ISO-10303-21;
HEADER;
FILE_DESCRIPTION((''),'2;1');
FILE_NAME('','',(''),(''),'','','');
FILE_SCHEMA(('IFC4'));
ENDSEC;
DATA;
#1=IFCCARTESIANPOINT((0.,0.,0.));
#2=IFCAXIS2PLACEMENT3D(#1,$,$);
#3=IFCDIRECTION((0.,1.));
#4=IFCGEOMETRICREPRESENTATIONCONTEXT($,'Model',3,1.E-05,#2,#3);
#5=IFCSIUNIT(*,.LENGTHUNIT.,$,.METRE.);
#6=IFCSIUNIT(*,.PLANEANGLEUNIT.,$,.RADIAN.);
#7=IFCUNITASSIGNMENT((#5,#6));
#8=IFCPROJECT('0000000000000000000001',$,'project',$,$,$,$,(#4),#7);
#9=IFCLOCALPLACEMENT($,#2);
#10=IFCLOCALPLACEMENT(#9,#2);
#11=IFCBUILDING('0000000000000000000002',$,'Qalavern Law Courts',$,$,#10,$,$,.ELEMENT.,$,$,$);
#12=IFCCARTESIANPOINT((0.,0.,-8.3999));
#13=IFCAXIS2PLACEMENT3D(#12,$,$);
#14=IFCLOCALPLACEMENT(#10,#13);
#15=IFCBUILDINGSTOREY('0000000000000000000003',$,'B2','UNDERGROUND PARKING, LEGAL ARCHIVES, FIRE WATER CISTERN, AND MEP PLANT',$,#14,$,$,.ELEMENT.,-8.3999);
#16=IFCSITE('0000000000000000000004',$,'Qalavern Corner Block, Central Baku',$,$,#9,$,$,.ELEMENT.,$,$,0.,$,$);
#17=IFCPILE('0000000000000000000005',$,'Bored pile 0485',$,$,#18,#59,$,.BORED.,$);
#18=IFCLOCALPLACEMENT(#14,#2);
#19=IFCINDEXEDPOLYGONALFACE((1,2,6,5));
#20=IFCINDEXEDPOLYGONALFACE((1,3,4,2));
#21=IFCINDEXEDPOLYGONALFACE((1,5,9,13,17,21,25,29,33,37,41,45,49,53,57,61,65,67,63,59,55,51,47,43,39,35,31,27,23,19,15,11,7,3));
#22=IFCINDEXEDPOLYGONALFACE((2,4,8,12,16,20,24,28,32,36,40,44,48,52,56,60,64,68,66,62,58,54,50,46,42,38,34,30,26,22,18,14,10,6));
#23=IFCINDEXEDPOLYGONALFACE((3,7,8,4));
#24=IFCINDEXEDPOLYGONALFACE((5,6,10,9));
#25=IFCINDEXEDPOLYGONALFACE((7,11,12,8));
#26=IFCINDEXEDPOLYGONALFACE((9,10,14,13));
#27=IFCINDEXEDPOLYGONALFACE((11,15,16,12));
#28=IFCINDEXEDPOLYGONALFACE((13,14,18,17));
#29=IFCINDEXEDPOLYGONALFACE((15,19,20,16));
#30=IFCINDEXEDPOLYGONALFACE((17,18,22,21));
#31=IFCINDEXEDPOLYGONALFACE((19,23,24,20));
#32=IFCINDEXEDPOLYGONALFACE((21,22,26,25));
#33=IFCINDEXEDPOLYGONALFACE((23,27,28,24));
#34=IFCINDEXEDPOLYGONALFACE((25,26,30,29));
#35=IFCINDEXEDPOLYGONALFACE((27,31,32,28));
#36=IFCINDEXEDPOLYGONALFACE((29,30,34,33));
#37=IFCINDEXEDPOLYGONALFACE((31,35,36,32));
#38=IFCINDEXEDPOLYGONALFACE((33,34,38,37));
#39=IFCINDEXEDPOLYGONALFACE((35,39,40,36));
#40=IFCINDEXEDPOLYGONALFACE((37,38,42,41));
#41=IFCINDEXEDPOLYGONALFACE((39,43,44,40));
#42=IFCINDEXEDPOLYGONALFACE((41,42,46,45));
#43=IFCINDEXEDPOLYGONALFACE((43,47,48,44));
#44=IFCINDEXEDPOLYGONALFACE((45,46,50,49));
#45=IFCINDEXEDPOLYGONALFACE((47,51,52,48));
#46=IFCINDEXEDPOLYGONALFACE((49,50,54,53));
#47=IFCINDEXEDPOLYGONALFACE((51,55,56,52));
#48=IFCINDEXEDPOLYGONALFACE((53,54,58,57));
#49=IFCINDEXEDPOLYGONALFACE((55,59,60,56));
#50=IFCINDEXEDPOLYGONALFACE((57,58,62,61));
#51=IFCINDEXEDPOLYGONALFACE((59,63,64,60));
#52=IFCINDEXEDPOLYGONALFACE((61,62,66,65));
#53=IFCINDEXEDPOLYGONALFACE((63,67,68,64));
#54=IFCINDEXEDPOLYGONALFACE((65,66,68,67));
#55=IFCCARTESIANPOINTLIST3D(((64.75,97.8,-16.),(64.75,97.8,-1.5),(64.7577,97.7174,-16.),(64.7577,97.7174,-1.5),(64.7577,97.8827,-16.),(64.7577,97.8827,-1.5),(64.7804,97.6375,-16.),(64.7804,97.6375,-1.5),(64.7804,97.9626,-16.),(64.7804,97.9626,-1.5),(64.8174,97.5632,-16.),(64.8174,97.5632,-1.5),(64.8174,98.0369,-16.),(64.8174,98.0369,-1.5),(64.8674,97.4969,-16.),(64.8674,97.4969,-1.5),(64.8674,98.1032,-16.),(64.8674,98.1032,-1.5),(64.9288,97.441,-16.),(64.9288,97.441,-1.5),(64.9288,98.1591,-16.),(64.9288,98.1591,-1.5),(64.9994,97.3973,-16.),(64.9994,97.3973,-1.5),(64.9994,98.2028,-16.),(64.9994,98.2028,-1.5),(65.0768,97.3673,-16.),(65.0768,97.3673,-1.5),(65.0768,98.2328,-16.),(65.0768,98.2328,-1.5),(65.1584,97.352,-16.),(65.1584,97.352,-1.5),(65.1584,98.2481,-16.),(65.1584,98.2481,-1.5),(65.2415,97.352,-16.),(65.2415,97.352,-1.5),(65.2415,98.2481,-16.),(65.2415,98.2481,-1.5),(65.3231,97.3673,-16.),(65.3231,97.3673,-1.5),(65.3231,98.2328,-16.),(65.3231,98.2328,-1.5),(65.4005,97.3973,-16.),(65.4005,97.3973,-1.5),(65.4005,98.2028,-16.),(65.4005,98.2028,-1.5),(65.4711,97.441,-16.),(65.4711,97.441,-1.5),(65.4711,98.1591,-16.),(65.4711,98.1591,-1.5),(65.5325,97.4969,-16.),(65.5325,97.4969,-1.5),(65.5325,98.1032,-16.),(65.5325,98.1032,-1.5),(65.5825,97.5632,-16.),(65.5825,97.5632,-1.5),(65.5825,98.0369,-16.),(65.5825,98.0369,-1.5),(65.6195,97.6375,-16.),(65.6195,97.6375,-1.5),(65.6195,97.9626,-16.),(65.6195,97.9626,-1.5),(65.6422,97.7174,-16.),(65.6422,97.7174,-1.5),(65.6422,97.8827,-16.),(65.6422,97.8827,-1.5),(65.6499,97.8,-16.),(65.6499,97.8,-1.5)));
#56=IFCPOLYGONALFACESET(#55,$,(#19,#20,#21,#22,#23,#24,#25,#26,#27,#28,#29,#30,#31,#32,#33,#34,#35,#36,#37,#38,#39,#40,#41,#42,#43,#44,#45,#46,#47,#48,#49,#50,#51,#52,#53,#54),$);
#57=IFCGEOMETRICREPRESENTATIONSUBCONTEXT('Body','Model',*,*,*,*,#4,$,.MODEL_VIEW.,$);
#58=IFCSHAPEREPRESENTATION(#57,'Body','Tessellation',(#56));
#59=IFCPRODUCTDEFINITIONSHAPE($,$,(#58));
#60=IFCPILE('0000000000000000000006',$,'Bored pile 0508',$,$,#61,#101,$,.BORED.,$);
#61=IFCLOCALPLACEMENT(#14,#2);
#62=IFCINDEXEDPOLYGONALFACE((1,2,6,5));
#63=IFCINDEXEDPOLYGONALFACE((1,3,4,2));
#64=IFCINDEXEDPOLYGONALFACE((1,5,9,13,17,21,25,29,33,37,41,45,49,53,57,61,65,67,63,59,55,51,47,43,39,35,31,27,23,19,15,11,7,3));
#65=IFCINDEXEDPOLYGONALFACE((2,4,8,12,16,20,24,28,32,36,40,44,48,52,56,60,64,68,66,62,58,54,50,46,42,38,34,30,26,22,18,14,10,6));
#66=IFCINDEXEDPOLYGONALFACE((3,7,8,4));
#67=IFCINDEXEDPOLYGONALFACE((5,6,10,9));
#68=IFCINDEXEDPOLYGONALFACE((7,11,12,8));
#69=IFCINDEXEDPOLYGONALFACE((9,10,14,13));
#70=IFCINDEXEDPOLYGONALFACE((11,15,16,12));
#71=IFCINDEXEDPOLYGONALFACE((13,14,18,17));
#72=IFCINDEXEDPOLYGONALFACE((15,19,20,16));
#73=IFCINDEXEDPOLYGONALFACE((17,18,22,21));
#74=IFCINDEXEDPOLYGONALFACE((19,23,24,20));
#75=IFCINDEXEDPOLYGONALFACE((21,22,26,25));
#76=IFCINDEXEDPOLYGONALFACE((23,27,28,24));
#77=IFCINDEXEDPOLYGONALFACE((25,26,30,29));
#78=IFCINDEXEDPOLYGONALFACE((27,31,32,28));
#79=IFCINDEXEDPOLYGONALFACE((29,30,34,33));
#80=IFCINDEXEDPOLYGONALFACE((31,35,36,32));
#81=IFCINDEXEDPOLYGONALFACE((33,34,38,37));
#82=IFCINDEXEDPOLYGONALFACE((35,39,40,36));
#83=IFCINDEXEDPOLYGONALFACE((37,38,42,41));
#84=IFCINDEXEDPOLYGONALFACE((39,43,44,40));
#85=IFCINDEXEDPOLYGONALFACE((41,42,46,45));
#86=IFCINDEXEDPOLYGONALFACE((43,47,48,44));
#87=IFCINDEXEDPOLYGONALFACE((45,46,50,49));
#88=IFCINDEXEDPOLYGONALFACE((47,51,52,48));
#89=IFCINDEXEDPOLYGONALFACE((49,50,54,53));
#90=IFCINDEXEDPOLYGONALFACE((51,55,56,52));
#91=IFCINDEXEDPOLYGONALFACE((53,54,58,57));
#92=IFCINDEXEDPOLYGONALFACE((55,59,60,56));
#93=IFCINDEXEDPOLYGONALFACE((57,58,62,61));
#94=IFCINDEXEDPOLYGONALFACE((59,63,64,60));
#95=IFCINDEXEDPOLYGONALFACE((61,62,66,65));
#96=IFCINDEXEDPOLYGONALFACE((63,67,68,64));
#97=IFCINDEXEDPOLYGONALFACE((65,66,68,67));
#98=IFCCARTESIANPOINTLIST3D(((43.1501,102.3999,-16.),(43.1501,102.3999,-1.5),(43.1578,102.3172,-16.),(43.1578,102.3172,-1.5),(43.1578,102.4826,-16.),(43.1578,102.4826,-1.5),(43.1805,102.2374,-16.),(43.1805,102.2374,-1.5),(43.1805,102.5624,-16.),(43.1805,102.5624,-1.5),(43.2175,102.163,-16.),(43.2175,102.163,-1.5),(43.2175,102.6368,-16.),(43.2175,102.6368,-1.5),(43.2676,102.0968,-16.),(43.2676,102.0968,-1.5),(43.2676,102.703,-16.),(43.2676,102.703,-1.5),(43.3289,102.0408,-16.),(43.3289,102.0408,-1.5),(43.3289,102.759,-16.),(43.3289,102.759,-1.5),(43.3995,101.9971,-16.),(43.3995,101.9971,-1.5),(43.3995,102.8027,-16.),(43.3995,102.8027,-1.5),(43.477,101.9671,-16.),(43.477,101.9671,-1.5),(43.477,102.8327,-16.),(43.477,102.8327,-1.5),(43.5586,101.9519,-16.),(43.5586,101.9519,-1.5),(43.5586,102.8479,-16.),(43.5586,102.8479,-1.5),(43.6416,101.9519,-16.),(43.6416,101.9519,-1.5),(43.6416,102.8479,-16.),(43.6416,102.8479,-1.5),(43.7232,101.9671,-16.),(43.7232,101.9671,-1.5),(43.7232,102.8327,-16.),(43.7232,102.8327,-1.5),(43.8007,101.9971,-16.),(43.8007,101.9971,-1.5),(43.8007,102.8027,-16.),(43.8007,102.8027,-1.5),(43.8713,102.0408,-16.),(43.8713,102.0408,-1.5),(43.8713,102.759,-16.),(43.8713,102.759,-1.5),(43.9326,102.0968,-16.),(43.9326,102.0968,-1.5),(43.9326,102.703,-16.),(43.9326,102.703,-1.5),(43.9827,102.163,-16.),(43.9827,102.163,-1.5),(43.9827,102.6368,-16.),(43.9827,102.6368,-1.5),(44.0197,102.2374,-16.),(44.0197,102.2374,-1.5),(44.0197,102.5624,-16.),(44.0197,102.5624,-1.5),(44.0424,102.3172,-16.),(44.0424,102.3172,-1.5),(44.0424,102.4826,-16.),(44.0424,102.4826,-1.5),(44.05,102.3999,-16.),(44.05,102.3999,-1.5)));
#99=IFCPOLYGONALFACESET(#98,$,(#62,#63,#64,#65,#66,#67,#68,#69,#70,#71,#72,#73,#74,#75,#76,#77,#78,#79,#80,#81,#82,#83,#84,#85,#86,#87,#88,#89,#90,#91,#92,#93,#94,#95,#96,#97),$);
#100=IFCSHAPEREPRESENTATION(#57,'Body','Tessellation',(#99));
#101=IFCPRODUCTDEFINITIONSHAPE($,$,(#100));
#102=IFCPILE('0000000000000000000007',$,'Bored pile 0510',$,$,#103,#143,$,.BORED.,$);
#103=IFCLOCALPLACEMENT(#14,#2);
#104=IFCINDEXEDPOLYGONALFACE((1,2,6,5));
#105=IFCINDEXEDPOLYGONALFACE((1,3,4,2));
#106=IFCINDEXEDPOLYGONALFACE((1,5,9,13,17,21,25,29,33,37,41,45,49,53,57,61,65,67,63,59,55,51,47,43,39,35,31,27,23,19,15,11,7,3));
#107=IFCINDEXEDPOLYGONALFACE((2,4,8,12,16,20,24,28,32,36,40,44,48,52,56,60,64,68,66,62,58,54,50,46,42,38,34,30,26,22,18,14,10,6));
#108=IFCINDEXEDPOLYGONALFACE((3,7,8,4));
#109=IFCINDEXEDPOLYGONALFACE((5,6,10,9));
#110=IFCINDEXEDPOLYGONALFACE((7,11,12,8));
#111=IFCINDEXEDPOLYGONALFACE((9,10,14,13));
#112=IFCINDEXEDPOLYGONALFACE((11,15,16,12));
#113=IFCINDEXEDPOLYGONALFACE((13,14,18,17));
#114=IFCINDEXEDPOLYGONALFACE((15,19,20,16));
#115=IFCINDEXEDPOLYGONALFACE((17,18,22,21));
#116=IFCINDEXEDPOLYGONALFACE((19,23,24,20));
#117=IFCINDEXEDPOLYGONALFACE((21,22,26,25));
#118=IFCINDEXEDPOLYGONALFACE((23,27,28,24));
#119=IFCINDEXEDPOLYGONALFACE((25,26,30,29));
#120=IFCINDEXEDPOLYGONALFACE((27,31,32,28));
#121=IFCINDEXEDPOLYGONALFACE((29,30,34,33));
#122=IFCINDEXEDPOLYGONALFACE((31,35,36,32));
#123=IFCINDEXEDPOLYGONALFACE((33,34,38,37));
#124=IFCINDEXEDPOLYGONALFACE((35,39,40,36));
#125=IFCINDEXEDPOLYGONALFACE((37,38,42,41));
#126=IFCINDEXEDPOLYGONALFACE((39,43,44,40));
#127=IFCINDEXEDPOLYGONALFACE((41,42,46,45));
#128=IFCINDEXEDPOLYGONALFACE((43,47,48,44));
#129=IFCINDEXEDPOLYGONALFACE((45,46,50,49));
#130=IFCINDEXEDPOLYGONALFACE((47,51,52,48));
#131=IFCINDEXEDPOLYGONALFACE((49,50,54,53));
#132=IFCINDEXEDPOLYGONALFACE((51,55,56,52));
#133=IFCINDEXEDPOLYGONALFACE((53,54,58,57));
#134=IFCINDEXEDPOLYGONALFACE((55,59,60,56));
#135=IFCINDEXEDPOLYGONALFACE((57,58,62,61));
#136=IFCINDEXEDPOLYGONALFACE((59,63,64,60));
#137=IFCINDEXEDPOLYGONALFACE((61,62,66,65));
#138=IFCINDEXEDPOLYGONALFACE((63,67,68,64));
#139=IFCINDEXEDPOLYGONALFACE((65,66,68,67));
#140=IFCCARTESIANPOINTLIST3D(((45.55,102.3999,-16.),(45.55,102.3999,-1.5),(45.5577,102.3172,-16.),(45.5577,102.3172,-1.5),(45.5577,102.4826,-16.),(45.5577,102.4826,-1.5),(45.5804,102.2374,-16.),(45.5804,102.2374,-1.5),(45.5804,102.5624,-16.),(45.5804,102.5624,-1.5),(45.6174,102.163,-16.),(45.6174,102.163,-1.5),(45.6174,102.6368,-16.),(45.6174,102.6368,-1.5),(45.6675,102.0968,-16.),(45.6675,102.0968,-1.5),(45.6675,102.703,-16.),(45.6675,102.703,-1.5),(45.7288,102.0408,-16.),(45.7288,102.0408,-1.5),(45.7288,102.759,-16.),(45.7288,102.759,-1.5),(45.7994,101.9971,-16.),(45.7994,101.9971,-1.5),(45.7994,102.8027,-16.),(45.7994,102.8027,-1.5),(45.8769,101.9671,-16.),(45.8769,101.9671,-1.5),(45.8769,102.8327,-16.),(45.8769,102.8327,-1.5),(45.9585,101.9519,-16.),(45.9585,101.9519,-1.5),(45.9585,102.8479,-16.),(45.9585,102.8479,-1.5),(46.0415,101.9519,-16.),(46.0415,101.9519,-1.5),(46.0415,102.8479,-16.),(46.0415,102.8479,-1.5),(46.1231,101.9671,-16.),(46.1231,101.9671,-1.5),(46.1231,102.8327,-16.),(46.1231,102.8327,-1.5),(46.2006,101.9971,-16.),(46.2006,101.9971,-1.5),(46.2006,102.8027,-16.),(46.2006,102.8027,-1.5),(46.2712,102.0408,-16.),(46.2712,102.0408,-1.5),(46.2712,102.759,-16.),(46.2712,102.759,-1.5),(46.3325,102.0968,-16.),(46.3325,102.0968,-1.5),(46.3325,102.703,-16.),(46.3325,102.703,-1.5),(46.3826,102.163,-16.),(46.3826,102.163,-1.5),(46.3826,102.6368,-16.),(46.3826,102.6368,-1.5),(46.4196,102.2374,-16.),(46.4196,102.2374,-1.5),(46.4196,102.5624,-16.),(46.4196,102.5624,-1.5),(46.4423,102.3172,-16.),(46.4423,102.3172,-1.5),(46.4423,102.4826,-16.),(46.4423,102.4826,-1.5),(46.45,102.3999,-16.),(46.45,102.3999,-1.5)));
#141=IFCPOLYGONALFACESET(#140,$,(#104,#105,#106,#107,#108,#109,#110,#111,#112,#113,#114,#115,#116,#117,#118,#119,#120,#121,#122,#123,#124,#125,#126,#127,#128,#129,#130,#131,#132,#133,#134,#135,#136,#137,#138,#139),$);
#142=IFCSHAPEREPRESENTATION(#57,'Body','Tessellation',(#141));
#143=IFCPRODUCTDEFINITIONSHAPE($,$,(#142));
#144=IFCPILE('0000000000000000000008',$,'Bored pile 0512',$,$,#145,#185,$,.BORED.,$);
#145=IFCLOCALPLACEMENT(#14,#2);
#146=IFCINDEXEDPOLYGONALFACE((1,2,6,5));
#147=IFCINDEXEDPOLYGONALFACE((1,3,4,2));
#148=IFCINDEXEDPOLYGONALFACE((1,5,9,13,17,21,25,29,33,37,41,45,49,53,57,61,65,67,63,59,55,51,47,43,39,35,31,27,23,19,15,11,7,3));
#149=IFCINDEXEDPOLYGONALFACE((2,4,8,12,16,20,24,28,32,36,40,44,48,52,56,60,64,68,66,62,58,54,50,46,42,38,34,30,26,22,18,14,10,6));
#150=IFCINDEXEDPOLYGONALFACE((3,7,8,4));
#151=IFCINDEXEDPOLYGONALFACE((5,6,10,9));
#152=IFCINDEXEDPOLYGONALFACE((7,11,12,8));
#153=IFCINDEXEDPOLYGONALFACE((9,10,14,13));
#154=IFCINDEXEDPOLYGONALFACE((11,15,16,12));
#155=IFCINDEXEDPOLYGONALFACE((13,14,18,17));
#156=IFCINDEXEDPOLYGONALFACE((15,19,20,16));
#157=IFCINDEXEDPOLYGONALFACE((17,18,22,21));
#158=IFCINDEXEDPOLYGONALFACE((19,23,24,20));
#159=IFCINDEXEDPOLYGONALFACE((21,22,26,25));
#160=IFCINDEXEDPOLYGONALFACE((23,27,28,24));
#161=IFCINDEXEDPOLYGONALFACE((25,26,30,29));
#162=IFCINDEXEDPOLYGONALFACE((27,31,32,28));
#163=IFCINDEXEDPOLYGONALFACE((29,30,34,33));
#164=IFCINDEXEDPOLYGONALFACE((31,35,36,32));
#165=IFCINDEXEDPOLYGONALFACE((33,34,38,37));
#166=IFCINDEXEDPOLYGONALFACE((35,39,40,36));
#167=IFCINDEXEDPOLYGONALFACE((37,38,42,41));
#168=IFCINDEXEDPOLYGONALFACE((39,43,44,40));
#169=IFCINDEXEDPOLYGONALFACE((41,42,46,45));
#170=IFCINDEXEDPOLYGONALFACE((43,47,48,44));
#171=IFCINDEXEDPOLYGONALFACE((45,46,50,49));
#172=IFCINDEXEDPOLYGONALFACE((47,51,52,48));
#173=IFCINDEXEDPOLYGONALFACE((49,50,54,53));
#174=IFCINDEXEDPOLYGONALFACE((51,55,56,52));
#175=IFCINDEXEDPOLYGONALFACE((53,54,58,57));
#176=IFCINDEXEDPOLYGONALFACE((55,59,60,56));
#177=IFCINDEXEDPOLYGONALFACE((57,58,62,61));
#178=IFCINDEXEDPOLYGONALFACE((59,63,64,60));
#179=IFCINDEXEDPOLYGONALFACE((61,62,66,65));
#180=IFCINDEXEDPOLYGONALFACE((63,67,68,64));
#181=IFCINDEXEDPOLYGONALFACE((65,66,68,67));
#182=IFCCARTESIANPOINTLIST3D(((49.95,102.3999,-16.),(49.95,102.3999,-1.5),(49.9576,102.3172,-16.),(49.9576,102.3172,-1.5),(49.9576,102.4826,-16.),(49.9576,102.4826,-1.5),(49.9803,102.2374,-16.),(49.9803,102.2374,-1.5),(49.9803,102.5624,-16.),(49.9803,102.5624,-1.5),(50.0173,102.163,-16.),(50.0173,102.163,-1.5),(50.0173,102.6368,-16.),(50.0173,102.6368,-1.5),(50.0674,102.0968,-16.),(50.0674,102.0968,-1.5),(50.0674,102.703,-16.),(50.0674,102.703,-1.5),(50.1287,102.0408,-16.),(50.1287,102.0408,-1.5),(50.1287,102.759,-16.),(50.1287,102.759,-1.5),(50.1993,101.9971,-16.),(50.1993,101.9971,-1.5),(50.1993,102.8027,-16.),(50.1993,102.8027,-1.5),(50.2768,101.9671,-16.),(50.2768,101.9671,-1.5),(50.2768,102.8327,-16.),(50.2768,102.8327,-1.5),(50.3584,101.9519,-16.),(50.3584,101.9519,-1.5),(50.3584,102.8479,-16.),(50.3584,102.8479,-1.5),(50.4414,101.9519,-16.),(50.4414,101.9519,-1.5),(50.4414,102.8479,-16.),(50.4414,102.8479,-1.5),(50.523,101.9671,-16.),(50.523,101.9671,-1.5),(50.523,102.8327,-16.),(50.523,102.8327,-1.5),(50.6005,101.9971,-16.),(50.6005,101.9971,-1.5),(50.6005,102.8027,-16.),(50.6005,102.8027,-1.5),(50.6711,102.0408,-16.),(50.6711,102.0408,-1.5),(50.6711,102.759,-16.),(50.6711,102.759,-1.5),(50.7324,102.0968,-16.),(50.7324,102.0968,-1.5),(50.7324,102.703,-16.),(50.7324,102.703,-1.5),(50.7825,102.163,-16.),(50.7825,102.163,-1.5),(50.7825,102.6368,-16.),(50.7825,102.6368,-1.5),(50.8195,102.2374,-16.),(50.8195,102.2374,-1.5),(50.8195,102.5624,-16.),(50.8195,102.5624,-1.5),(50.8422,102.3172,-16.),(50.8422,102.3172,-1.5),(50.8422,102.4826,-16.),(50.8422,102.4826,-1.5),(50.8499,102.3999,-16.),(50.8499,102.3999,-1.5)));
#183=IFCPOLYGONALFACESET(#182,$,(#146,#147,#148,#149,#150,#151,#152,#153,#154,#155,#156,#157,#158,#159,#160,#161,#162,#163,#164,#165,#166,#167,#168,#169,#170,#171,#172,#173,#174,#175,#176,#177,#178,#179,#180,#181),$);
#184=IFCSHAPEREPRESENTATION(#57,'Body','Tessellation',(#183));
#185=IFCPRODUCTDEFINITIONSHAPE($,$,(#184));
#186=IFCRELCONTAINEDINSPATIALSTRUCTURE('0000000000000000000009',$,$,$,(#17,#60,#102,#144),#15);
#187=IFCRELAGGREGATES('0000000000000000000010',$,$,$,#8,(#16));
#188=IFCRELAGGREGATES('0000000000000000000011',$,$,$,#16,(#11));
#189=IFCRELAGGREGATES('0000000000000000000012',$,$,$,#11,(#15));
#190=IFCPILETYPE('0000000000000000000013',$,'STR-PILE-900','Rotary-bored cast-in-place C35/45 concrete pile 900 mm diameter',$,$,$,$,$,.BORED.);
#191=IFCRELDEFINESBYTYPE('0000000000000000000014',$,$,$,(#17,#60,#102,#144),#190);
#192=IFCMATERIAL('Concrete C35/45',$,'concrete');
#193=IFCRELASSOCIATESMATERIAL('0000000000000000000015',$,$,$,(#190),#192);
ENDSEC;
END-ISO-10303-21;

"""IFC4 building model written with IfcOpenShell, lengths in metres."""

from ifc_helpers import new_model, si_unit, direction, frame, origin, origin_2d, place, context, subcontext, project, spatial, circle, extrude, material, material_profile, profile_set, type_object, element, save


model = new_model("IFC4")

# Units and contexts
model_context = context("Model", 3, precision=1e-05, world=origin(), true_north=direction((0.0, 1.0)))
body_context = subcontext(model_context, "Body", "Model", "MODEL_VIEW")
ifc_project = project(units=[si_unit("LENGTHUNIT", "METRE"), si_unit("PLANEANGLEUNIT", "RADIAN")], contexts=[model_context])

# Site, building, storey
site_placement = place(None, origin())
site = spatial("IfcSite", under=ifc_project, at=site_placement, Name="Qalavern Corner Block, Central Baku", CompositionType="ELEMENT", RefElevation=0.0)
building_placement = place(site_placement, origin())
building = spatial("IfcBuilding", under=site, at=building_placement, Name="Qalavern Law Courts", CompositionType="ELEMENT")
storey_placement = place(building_placement, frame((0.0, 0.0, -8.3999)))
storey = spatial("IfcBuildingStorey", under=building, at=storey_placement, Name="B2", Description="UNDERGROUND PARKING, LEGAL ARCHIVES, FIRE WATER CISTERN, AND MEP PLANT", CompositionType="ELEMENT", Elevation=-8.3999)

# Shared definitions
ifc_material_1 = material(Name="Concrete C35/45", Category="concrete")

# Piles
ifc_material_profile_1 = material_profile(ifc_material_1, circle(Radius=0.45, at=origin_2d()), Name="BORED PILE 900")
ifc_profile_set_1 = profile_set([ifc_material_profile_1], Name="Concrete C35/45")
pile_type_1 = type_object("IfcPileType", Name="STR-PILE-900", Description="Rotary-bored cast-in-place C35/45 concrete pile 900 mm diameter", PredefinedType="BORED", material=ifc_profile_set_1)
for number, where, z_axis, x_axis, name in (
    (1, (65.2, 97.8, -1.5), (0.0, 0.0, -1.0), (1.0, 0.0, 0.0), "Bored pile 0485"),
    (2, (43.6001, 102.3999, -1.5), (0.0, 0.0, -1.0), (1.0, 0.0, 0.0), "Bored pile 0508"),
    (3, (46.0, 102.3999, -1.5), (0.0, 0.0, -1.0), (1.0, 0.0, 0.0), "Bored pile 0510"),
    (4, (50.3999, 102.3999, -1.5), (0.0, 0.0, -1.0), (1.0, 0.0, 0.0), "Bored pile 0512"),
):
    element("IfcPile", number, at=place(storey_placement, frame(where, z_axis=z_axis, x_axis=x_axis)), inside=storey, type_object=pile_type_1, Name=name, PredefinedType="BORED", context=body_context, shape_type="SweptSolid", body=[
        extrude(circle(Radius=0.45, at=origin_2d()), origin(), (0.0, 0.0, 1.0), 14.5),
    ])

save(model, "model.ifc")
